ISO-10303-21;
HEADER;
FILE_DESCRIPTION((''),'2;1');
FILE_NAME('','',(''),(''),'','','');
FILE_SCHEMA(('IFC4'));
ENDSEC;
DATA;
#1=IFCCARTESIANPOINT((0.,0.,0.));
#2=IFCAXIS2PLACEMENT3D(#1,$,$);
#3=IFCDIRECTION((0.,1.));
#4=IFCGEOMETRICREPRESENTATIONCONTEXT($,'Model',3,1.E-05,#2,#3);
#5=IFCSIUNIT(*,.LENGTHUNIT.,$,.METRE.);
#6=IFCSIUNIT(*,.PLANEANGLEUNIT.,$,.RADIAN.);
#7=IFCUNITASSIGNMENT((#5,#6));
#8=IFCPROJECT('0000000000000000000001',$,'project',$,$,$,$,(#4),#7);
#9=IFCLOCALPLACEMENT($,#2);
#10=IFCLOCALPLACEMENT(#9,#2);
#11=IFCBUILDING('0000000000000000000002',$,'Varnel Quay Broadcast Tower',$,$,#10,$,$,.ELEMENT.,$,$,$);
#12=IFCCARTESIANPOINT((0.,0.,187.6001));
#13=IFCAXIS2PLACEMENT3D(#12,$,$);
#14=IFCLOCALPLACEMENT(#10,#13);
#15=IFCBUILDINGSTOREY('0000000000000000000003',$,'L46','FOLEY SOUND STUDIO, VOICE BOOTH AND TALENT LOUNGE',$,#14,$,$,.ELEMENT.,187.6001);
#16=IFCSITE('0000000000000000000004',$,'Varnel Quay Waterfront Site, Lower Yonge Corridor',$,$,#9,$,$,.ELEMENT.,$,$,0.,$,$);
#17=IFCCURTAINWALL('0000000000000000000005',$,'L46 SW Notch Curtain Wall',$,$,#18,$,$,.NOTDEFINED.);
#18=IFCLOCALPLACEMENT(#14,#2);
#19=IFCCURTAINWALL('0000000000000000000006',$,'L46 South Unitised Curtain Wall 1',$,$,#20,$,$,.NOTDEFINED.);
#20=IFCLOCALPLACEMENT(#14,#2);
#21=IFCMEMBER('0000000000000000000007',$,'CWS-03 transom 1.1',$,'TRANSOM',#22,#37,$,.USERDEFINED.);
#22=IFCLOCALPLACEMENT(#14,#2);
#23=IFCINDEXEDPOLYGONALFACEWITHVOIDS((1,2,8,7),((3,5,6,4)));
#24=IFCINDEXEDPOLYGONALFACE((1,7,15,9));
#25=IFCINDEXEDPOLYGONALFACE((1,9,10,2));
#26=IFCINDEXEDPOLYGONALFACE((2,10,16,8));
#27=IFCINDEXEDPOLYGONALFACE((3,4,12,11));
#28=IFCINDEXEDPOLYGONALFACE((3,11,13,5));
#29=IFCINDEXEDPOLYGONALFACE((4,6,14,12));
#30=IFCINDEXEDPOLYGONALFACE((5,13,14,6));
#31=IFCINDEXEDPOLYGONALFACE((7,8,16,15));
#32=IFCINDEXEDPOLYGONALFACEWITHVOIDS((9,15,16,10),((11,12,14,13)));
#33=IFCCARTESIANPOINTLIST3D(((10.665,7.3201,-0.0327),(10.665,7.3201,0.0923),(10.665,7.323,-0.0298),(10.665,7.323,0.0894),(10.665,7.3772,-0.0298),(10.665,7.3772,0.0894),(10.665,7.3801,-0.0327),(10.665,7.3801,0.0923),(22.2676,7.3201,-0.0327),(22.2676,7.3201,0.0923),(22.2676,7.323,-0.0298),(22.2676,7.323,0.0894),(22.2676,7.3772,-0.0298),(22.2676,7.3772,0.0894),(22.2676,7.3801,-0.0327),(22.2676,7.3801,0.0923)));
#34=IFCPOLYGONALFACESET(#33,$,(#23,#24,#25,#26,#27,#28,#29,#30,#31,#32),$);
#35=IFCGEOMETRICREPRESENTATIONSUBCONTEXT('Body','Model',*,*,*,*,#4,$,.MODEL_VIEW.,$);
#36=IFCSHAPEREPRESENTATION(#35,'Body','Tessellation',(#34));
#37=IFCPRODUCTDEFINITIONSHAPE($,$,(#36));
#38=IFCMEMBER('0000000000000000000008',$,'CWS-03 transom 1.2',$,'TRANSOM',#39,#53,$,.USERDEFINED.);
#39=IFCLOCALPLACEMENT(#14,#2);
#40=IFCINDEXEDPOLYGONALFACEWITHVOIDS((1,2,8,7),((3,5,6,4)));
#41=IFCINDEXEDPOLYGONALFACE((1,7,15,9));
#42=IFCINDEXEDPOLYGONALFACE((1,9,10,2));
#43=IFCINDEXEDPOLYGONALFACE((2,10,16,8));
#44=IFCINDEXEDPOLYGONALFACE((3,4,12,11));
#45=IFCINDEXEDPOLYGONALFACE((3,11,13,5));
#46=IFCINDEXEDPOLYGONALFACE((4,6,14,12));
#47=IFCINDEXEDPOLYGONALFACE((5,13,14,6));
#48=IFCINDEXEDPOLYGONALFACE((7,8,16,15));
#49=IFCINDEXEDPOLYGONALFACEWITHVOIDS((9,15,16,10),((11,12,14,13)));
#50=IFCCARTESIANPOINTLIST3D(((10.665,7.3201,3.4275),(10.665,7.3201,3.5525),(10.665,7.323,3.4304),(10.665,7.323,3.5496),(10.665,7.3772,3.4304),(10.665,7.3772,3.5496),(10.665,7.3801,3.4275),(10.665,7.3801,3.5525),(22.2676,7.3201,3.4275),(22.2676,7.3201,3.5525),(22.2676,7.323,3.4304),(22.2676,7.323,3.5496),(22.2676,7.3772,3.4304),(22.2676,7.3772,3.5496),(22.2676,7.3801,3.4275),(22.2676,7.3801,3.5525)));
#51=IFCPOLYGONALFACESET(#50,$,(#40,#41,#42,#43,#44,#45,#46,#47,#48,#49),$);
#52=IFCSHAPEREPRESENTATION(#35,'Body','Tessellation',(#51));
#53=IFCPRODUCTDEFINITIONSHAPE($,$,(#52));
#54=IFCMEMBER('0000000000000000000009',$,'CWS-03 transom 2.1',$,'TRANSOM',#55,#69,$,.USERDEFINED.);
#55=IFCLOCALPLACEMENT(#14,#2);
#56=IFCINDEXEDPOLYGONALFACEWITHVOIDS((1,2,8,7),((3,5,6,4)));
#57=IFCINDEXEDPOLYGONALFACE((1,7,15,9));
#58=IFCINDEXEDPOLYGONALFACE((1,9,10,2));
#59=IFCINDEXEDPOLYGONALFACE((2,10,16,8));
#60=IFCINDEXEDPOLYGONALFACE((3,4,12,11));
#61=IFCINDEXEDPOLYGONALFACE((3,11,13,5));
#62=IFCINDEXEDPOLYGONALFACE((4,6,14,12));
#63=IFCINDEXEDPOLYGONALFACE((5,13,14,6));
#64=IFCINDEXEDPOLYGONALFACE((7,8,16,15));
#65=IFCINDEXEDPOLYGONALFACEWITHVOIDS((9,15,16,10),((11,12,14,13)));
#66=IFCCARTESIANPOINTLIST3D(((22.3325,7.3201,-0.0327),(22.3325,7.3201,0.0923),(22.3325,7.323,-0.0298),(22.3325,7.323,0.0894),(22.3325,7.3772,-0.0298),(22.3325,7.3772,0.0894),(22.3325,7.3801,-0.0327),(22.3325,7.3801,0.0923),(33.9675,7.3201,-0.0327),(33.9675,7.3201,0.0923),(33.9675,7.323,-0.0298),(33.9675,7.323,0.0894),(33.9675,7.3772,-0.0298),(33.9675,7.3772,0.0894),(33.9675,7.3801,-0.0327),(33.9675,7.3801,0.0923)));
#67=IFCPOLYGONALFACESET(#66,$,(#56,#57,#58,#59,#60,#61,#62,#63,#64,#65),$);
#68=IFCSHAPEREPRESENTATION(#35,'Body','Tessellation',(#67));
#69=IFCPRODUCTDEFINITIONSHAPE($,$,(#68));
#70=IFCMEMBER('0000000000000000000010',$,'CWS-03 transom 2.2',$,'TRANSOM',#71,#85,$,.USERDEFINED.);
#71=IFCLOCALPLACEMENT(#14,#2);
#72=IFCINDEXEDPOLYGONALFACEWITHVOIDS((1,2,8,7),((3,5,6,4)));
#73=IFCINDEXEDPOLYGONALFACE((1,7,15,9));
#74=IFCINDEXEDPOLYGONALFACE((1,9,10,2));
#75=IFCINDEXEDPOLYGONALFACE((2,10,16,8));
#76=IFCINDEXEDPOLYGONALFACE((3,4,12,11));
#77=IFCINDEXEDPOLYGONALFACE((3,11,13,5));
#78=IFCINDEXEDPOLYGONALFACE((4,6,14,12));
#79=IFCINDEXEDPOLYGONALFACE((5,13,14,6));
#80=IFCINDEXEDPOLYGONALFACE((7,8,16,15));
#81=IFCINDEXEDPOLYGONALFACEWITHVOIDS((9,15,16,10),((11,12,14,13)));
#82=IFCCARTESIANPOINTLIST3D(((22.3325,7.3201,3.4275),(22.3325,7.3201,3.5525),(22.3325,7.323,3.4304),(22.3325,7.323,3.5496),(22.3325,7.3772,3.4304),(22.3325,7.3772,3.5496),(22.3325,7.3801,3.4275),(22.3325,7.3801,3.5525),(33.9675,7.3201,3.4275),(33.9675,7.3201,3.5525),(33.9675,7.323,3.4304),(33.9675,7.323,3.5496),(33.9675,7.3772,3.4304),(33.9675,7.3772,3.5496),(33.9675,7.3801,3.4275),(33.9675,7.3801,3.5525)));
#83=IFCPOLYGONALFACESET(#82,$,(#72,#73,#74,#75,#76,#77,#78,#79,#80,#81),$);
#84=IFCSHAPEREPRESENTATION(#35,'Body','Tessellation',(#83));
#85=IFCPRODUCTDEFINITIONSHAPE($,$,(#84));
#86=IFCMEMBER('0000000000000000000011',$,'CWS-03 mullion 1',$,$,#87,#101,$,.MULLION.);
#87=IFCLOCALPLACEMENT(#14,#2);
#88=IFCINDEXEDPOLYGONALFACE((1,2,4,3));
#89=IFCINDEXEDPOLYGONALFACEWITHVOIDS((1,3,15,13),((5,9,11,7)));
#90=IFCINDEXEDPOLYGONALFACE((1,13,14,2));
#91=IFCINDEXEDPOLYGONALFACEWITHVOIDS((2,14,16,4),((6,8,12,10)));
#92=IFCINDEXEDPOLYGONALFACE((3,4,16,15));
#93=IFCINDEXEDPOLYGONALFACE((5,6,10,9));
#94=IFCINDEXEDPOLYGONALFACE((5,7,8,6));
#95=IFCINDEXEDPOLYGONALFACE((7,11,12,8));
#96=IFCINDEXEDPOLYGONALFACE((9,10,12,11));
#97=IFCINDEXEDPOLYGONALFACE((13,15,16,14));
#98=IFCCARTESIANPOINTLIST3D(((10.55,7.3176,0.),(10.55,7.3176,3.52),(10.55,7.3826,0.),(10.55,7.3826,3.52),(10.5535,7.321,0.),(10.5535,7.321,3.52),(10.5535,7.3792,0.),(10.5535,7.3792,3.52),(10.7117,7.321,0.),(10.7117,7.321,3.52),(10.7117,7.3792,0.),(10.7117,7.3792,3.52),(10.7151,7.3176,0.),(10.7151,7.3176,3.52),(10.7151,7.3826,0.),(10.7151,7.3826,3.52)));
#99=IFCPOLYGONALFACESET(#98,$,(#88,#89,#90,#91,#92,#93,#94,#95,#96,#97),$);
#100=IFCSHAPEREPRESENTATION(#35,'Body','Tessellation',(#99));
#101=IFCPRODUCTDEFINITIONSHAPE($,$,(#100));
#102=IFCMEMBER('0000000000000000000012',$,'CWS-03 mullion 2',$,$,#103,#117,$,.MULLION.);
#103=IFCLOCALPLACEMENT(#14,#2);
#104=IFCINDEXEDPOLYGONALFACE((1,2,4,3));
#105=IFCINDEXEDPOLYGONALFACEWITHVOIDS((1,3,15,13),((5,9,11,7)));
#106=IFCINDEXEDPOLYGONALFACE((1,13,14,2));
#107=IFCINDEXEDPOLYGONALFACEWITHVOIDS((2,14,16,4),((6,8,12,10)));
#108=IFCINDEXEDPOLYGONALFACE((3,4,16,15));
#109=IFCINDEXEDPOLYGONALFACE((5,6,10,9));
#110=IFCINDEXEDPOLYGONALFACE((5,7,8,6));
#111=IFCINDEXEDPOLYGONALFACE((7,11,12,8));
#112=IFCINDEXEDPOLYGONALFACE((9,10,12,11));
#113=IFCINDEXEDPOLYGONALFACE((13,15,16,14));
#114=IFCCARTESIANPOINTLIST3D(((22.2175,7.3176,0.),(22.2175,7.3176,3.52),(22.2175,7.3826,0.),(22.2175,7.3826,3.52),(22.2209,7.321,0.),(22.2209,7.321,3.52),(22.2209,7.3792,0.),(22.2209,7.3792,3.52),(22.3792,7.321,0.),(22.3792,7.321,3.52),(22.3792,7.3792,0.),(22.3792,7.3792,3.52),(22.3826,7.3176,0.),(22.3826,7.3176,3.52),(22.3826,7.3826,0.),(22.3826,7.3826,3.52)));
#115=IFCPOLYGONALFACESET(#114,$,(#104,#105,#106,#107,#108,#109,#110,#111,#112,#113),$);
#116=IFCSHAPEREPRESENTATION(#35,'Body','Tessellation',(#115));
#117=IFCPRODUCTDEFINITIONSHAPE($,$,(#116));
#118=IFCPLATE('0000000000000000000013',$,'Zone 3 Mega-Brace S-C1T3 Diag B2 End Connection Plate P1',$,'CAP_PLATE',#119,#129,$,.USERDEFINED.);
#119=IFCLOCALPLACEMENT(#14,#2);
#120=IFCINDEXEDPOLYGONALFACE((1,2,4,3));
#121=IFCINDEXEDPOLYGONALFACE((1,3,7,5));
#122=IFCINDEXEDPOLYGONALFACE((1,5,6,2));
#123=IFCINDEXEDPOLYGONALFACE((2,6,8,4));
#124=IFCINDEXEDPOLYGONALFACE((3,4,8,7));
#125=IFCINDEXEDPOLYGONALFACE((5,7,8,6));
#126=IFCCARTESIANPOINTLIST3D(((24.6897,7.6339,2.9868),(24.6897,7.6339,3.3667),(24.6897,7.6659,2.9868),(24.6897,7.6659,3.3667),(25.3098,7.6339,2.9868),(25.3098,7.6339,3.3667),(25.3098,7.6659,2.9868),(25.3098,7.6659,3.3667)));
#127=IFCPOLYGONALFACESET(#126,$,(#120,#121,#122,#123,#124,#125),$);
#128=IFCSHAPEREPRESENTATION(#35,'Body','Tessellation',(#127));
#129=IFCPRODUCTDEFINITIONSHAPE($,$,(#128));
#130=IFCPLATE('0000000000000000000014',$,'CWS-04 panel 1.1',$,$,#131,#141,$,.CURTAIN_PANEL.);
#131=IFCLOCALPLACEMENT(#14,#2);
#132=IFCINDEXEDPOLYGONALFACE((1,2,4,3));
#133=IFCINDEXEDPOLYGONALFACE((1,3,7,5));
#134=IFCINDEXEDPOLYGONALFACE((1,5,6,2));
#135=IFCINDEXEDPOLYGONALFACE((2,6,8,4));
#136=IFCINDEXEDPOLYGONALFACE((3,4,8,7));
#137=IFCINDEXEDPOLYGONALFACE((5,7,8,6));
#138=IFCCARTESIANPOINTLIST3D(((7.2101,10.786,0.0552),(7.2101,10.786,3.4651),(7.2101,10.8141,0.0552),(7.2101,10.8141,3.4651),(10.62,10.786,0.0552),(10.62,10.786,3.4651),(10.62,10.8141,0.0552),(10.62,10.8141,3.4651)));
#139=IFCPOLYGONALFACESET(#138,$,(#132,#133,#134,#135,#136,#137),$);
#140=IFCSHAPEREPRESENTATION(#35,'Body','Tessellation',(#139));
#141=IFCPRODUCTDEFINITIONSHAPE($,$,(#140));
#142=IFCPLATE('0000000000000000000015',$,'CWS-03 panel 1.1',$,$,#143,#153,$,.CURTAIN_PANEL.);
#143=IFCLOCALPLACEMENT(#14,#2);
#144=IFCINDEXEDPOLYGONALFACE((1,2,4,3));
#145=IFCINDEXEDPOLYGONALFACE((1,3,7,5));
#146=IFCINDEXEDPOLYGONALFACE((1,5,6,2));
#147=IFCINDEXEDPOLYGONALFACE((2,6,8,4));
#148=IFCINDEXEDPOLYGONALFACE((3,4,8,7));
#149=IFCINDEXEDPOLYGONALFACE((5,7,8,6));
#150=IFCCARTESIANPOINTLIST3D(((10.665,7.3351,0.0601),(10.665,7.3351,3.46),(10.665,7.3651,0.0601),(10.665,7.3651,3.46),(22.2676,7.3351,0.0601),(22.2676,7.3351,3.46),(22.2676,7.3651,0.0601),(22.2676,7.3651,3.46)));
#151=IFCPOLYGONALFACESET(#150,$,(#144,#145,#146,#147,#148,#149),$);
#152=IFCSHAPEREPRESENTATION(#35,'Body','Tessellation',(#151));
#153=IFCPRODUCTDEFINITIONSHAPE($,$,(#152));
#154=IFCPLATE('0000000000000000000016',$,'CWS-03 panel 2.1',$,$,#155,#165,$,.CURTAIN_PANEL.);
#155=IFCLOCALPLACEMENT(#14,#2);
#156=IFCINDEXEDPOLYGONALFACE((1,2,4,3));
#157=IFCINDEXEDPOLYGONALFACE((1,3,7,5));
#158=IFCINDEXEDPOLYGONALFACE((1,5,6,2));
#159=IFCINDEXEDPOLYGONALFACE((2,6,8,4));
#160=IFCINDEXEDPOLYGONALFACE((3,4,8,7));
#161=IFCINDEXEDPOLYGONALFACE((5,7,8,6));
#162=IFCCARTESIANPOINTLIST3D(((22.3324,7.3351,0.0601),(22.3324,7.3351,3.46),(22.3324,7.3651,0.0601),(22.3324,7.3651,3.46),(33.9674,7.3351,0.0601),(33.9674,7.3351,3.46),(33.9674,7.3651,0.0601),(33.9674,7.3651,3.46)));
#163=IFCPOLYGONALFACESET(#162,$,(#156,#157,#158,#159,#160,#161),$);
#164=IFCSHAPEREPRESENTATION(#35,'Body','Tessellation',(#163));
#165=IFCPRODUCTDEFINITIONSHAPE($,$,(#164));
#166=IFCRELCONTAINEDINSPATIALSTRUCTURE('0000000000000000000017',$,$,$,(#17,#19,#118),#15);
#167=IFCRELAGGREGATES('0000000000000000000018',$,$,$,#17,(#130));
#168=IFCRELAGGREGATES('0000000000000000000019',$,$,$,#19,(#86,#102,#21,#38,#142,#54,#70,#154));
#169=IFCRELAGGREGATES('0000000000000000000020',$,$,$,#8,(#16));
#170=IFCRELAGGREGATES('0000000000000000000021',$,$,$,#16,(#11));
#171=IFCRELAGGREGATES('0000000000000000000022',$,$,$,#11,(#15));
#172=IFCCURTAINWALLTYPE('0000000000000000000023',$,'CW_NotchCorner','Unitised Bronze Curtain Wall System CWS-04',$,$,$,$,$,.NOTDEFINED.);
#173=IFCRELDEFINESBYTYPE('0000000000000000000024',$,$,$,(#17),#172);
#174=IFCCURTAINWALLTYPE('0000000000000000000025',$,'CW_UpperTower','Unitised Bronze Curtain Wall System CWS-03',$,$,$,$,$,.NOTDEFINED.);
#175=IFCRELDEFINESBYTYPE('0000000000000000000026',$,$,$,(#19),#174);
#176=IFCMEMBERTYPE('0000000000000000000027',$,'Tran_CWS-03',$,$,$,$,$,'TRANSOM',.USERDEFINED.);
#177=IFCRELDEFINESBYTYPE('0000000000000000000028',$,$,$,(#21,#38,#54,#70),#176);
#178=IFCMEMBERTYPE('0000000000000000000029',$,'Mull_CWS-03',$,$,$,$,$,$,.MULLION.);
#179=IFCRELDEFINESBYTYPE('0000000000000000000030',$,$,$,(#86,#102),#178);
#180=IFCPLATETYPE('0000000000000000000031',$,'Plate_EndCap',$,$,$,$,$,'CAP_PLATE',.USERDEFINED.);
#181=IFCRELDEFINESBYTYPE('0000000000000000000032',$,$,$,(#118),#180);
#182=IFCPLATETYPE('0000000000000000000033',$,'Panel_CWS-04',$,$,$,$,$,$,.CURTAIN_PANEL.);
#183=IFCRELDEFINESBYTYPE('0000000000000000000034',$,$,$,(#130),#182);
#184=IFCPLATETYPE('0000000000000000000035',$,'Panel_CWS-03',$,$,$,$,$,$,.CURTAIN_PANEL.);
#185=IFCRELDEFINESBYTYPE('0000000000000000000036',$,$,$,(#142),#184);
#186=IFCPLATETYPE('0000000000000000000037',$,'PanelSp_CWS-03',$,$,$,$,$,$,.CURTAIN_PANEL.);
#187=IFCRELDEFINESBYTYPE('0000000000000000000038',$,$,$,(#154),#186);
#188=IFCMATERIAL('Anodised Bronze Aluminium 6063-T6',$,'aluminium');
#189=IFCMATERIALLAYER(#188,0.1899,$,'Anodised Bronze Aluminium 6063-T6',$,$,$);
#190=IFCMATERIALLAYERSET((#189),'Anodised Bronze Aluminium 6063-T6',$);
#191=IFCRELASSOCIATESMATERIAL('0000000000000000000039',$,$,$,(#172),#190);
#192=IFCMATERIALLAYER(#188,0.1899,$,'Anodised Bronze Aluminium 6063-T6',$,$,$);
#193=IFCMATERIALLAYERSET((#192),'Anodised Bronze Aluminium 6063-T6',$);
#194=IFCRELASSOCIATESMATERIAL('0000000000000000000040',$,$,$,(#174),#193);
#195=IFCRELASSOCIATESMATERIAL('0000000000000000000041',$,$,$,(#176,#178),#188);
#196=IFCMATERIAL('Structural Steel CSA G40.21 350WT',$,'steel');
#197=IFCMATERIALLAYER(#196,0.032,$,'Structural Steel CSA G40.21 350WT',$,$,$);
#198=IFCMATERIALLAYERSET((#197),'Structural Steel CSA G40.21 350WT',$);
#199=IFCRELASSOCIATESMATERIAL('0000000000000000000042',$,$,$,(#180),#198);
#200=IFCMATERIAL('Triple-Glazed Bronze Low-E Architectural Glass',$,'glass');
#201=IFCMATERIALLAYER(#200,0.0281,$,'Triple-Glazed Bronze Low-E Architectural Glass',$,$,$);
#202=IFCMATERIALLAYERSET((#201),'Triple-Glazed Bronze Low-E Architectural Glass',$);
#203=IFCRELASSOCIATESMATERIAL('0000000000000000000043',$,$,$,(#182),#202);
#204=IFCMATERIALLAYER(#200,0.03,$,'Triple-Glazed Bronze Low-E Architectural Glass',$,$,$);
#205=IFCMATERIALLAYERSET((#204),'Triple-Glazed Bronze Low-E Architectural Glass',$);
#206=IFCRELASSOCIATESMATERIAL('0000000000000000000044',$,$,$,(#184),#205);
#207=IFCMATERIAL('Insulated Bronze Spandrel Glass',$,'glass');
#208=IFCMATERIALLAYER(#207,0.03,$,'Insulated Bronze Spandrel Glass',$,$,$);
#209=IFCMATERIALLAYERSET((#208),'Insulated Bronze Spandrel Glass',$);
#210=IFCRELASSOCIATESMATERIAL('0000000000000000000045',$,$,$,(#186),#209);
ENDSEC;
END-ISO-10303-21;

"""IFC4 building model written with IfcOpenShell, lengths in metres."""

from ifc_helpers import new_model, si_unit, direction, frame, origin, origin_2d, place, context, subcontext, project, spatial, rectangle, hollow_rectangle, extrude, source, transform, mapped, material, layer, layer_set, material_profile, profile_set, type_object, type_shapes, element, aggregate, save


model = new_model("IFC4")

# Units and contexts
model_context = context("Model", 3, precision=1e-05, world=origin(), true_north=direction((0.0, 1.0)))
body_context = subcontext(model_context, "Body", "Model", "MODEL_VIEW")
ifc_project = project(units=[si_unit("LENGTHUNIT", "METRE"), si_unit("PLANEANGLEUNIT", "RADIAN")], contexts=[model_context])

# Site, building, storey
site_placement = place(None, origin())
site = spatial("IfcSite", under=ifc_project, at=site_placement, Name="Varnel Quay Waterfront Site, Lower Yonge Corridor", CompositionType="ELEMENT", RefElevation=0.0)
building_placement = place(site_placement, origin())
building = spatial("IfcBuilding", under=site, at=building_placement, Name="Varnel Quay Broadcast Tower", CompositionType="ELEMENT")
storey_placement = place(building_placement, frame((0.0, 0.0, 187.6001)))
storey = spatial("IfcBuildingStorey", under=building, at=storey_placement, Name="L46", Description="FOLEY SOUND STUDIO, VOICE BOOTH AND TALENT LOUNGE", CompositionType="ELEMENT", Elevation=187.6001)

# Shared definitions
ifc_material_1 = material(Name="Structural Steel CSA G40.21 350WT", Category="steel")

# Curtain wall
ifc_material_2 = material(Name="Anodised Bronze Aluminium 6063-T6", Category="aluminium")
ifc_layer_1 = layer(ifc_material_2, 0.1899, Name="Anodised Bronze Aluminium 6063-T6")
ifc_layer_set_1 = layer_set([ifc_layer_1], Name="Anodised Bronze Aluminium 6063-T6")
curtain_wall_type_1 = type_object("IfcCurtainWallType", Name="CW_NotchCorner", Description="Unitised Bronze Curtain Wall System CWS-04", PredefinedType="NOTDEFINED", material=ifc_layer_set_1)
curtain_wall_1_placement = place(storey_placement, origin())
curtain_wall_1 = element("IfcCurtainWall", 1, at=curtain_wall_1_placement, inside=storey, type_object=curtain_wall_type_1, Name="L46 SW Notch Curtain Wall", PredefinedType="NOTDEFINED")

# Curtain wall, members
ifc_layer_2 = layer(ifc_material_2, 0.1899, Name="Anodised Bronze Aluminium 6063-T6")
ifc_layer_set_2 = layer_set([ifc_layer_2], Name="Anodised Bronze Aluminium 6063-T6")
curtain_wall_type_2 = type_object("IfcCurtainWallType", Name="CW_UpperTower", Description="Unitised Bronze Curtain Wall System CWS-03", PredefinedType="NOTDEFINED", material=ifc_layer_set_2)
curtain_wall_2_placement = place(storey_placement, origin())
curtain_wall_2 = element("IfcCurtainWall", 2, at=curtain_wall_2_placement, inside=storey, type_object=curtain_wall_type_2, Name="L46 South Unitised Curtain Wall 1", PredefinedType="NOTDEFINED")
ifc_material_profile_1 = material_profile(ifc_material_2, hollow_rectangle(XDim=0.0601, YDim=0.125, WallThickness=0.0029, at=origin_2d()), Name="ALU60X125X3")
ifc_profile_set_1 = profile_set([ifc_material_profile_1], Name="Anodised Bronze Aluminium 6063-T6")
member_type_1 = type_object("IfcMemberType", Name="Tran_CWS-03", ElementType="TRANSOM", PredefinedType="USERDEFINED", material=ifc_profile_set_1)
shared_shape_1 = source(origin(), body_context, "Body", "SweptSolid", [
    extrude(hollow_rectangle(XDim=0.0601, YDim=0.125, WallThickness=0.0029, at=origin_2d()), origin(), (0.0, 0.0, 1.0), 11.6025),
])
member_1_placement = place(storey_placement, frame((10.665, 7.3501, 0.0298), z_axis=(1.0, 0.0, 0.0), x_axis=(0.0, 1.0, 0.0)))
member_1 = element("IfcMember", 3, at=member_1_placement, type_object=member_type_1, Name="CWS-03 transom 1.1", ObjectType="TRANSOM", PredefinedType="USERDEFINED", context=body_context, shape_type="MappedRepresentation", body=[
    mapped(shared_shape_1, transform((0.0, 0.0, 0.0), x_axis=(1.0, 0.0, 0.0), y_axis=(0.0, 1.0, 0.0), z_axis=(0.0, 0.0, 1.0), scale=1.0)),
])
member_2_placement = place(storey_placement, frame((10.665, 7.3501, 3.49), z_axis=(1.0, 0.0, 0.0), x_axis=(0.0, 1.0, 0.0)))
member_2 = element("IfcMember", 4, at=member_2_placement, type_object=member_type_1, Name="CWS-03 transom 1.2", ObjectType="TRANSOM", PredefinedType="USERDEFINED", context=body_context, shape_type="MappedRepresentation", body=[
    mapped(shared_shape_1, transform((0.0, 0.0, 0.0), x_axis=(1.0, 0.0, 0.0), y_axis=(0.0, 1.0, 0.0), z_axis=(0.0, 0.0, 1.0), scale=1.0)),
])
shared_shape_2 = source(origin(), body_context, "Body", "SweptSolid", [
    extrude(hollow_rectangle(XDim=0.0601, YDim=0.125, WallThickness=0.0029, at=origin_2d()), origin(), (0.0, 0.0, 1.0), 11.635),
])
type_shapes(member_type_1, [shared_shape_1, shared_shape_2])
member_3_placement = place(storey_placement, frame((22.3325, 7.3501, 0.0298), z_axis=(1.0, 0.0, 0.0), x_axis=(0.0, 1.0, 0.0)))
member_3 = element("IfcMember", 5, at=member_3_placement, type_object=member_type_1, Name="CWS-03 transom 2.1", ObjectType="TRANSOM", PredefinedType="USERDEFINED", context=body_context, shape_type="MappedRepresentation", body=[
    mapped(shared_shape_2, transform((0.0, 0.0, 0.0), x_axis=(1.0, 0.0, 0.0), y_axis=(0.0, 1.0, 0.0), z_axis=(0.0, 0.0, 1.0), scale=1.0)),
])
member_4_placement = place(storey_placement, frame((22.3325, 7.3501, 3.49), z_axis=(1.0, 0.0, 0.0), x_axis=(0.0, 1.0, 0.0)))
member_4 = element("IfcMember", 6, at=member_4_placement, type_object=member_type_1, Name="CWS-03 transom 2.2", ObjectType="TRANSOM", PredefinedType="USERDEFINED", context=body_context, shape_type="MappedRepresentation", body=[
    mapped(shared_shape_2, transform((0.0, 0.0, 0.0), x_axis=(1.0, 0.0, 0.0), y_axis=(0.0, 1.0, 0.0), z_axis=(0.0, 0.0, 1.0), scale=1.0)),
])
ifc_material_profile_2 = material_profile(ifc_material_2, hollow_rectangle(XDim=0.0649, YDim=0.165, WallThickness=0.0034, at=origin_2d()), Name="ALU65X165X3.5")
ifc_profile_set_2 = profile_set([ifc_material_profile_2], Name="Anodised Bronze Aluminium 6063-T6")
member_type_2 = type_object("IfcMemberType", Name="Mull_CWS-03", PredefinedType="MULLION", material=ifc_profile_set_2)
shared_shape_3 = source(origin(), body_context, "Body", "SweptSolid", [
    extrude(hollow_rectangle(XDim=0.0649, YDim=0.165, WallThickness=0.0034, at=origin_2d()), origin(), (0.0, 0.0, 1.0), 3.52),
])
type_shapes(member_type_2, [shared_shape_3])
member_5_placement = place(storey_placement, frame((10.6326, 7.3501, 0.0), z_axis=(0.0, 0.0, 1.0), x_axis=(0.0, 1.0, 0.0)))
member_5 = element("IfcMember", 7, at=member_5_placement, type_object=member_type_2, Name="CWS-03 mullion 1", PredefinedType="MULLION", context=body_context, shape_type="MappedRepresentation", body=[
    mapped(shared_shape_3, transform((0.0, 0.0, 0.0), x_axis=(1.0, 0.0, 0.0), y_axis=(0.0, 1.0, 0.0), z_axis=(0.0, 0.0, 1.0), scale=1.0)),
])
member_6_placement = place(storey_placement, frame((22.3, 7.3501, 0.0), z_axis=(0.0, 0.0, 1.0), x_axis=(0.0, 1.0, 0.0)))
member_6 = element("IfcMember", 8, at=member_6_placement, type_object=member_type_2, Name="CWS-03 mullion 2", PredefinedType="MULLION", context=body_context, shape_type="MappedRepresentation", body=[
    mapped(shared_shape_3, transform((0.0, 0.0, 0.0), x_axis=(1.0, 0.0, 0.0), y_axis=(0.0, 1.0, 0.0), z_axis=(0.0, 0.0, 1.0), scale=1.0)),
])

# Plates
ifc_layer_3 = layer(ifc_material_1, 0.032, Name="Structural Steel CSA G40.21 350WT")
ifc_layer_set_3 = layer_set([ifc_layer_3], Name="Structural Steel CSA G40.21 350WT")
plate_type_1 = type_object("IfcPlateType", Name="Plate_EndCap", ElementType="CAP_PLATE", PredefinedType="USERDEFINED", material=ifc_layer_set_3)
shared_shape_4 = source(origin(), body_context, "Body", "SweptSolid", [
    extrude(rectangle(XDim=0.6201, YDim=0.032, at=origin_2d()), origin(), (0.0, 0.0, 1.0), 0.3799),
])
type_shapes(plate_type_1, [shared_shape_4])
plate_1_placement = place(storey_placement, frame((24.9998, 7.6499, 2.9868), z_axis=(0.0, 0.0, 1.0), x_axis=(1.0, 0.0, 0.0)))
element("IfcPlate", 9, at=plate_1_placement, inside=storey, type_object=plate_type_1, Name="Zone 3 Mega-Brace S-C1T3 Diag B2 End Connection Plate P1", ObjectType="CAP_PLATE", PredefinedType="USERDEFINED", context=body_context, shape_type="MappedRepresentation", body=[
    mapped(shared_shape_4, transform((0.0, 0.0, 0.0), x_axis=(1.0, 0.0, 0.0), y_axis=(0.0, 1.0, 0.0), z_axis=(0.0, 0.0, 1.0), scale=1.0)),
])
ifc_material_3 = material(Name="Triple-Glazed Bronze Low-E Architectural Glass", Category="glass")
ifc_layer_4 = layer(ifc_material_3, 0.0281, Name="Triple-Glazed Bronze Low-E Architectural Glass")
ifc_layer_set_4 = layer_set([ifc_layer_4], Name="Triple-Glazed Bronze Low-E Architectural Glass")
plate_type_2 = type_object("IfcPlateType", Name="Panel_CWS-04", PredefinedType="CURTAIN_PANEL", material=ifc_layer_set_4)
shared_shape_5 = source(origin(), body_context, "Body", "SweptSolid", [
    extrude(rectangle(XDim=3.4099, YDim=0.0281, at=origin_2d()), origin(), (0.0, 0.0, 1.0), 3.4099),
])
type_shapes(plate_type_2, [shared_shape_5])
plate_2_placement = place(storey_placement, frame((8.915, 10.8, 0.0552), z_axis=(0.0, 0.0, 1.0), x_axis=(1.0, 0.0, 0.0)))
plate_2 = element("IfcPlate", 10, at=plate_2_placement, type_object=plate_type_2, Name="CWS-04 panel 1.1", PredefinedType="CURTAIN_PANEL", context=body_context, shape_type="MappedRepresentation", body=[
    mapped(shared_shape_5, transform((0.0, 0.0, 0.0), x_axis=(1.0, 0.0, 0.0), y_axis=(0.0, 1.0, 0.0), z_axis=(0.0, 0.0, 1.0), scale=1.0)),
])
aggregate(curtain_wall_1, [plate_2])
ifc_layer_5 = layer(ifc_material_3, 0.03, Name="Triple-Glazed Bronze Low-E Architectural Glass")
ifc_layer_set_5 = layer_set([ifc_layer_5], Name="Triple-Glazed Bronze Low-E Architectural Glass")
plate_type_3 = type_object("IfcPlateType", Name="Panel_CWS-03", PredefinedType="CURTAIN_PANEL", material=ifc_layer_set_5)
shared_shape_6 = source(origin(), body_context, "Body", "SweptSolid", [
    extrude(rectangle(XDim=11.6025, YDim=0.03, at=origin_2d()), origin(), (0.0, 0.0, 1.0), 3.3999),
])
type_shapes(plate_type_3, [shared_shape_6])
plate_3_placement = place(storey_placement, frame((16.4663, 7.3501, 0.0601), z_axis=(0.0, 0.0, 1.0), x_axis=(1.0, 0.0, 0.0)))
plate_3 = element("IfcPlate", 11, at=plate_3_placement, type_object=plate_type_3, Name="CWS-03 panel 1.1", PredefinedType="CURTAIN_PANEL", context=body_context, shape_type="MappedRepresentation", body=[
    mapped(shared_shape_6, transform((0.0, 0.0, 0.0), x_axis=(1.0, 0.0, 0.0), y_axis=(0.0, 1.0, 0.0), z_axis=(0.0, 0.0, 1.0), scale=1.0)),
])
ifc_material_4 = material(Name="Insulated Bronze Spandrel Glass", Category="glass")
ifc_layer_6 = layer(ifc_material_4, 0.03, Name="Insulated Bronze Spandrel Glass")
ifc_layer_set_6 = layer_set([ifc_layer_6], Name="Insulated Bronze Spandrel Glass")
plate_type_4 = type_object("IfcPlateType", Name="PanelSp_CWS-03", PredefinedType="CURTAIN_PANEL", material=ifc_layer_set_6)
shared_shape_7 = source(origin(), body_context, "Body", "SweptSolid", [
    extrude(rectangle(XDim=11.635, YDim=0.03, at=origin_2d()), origin(), (0.0, 0.0, 1.0), 3.3999),
])
type_shapes(plate_type_4, [shared_shape_7])
plate_4_placement = place(storey_placement, frame((28.1499, 7.3501, 0.0601), z_axis=(0.0, 0.0, 1.0), x_axis=(1.0, 0.0, 0.0)))
plate_4 = element("IfcPlate", 12, at=plate_4_placement, type_object=plate_type_4, Name="CWS-03 panel 2.1", PredefinedType="CURTAIN_PANEL", context=body_context, shape_type="MappedRepresentation", body=[
    mapped(shared_shape_7, transform((0.0, 0.0, 0.0), x_axis=(1.0, 0.0, 0.0), y_axis=(0.0, 1.0, 0.0), z_axis=(0.0, 0.0, 1.0), scale=1.0)),
])
aggregate(curtain_wall_2, [member_5, member_6, member_1, member_2, plate_3, member_3, member_4, plate_4])

save(model, "model.ifc")
